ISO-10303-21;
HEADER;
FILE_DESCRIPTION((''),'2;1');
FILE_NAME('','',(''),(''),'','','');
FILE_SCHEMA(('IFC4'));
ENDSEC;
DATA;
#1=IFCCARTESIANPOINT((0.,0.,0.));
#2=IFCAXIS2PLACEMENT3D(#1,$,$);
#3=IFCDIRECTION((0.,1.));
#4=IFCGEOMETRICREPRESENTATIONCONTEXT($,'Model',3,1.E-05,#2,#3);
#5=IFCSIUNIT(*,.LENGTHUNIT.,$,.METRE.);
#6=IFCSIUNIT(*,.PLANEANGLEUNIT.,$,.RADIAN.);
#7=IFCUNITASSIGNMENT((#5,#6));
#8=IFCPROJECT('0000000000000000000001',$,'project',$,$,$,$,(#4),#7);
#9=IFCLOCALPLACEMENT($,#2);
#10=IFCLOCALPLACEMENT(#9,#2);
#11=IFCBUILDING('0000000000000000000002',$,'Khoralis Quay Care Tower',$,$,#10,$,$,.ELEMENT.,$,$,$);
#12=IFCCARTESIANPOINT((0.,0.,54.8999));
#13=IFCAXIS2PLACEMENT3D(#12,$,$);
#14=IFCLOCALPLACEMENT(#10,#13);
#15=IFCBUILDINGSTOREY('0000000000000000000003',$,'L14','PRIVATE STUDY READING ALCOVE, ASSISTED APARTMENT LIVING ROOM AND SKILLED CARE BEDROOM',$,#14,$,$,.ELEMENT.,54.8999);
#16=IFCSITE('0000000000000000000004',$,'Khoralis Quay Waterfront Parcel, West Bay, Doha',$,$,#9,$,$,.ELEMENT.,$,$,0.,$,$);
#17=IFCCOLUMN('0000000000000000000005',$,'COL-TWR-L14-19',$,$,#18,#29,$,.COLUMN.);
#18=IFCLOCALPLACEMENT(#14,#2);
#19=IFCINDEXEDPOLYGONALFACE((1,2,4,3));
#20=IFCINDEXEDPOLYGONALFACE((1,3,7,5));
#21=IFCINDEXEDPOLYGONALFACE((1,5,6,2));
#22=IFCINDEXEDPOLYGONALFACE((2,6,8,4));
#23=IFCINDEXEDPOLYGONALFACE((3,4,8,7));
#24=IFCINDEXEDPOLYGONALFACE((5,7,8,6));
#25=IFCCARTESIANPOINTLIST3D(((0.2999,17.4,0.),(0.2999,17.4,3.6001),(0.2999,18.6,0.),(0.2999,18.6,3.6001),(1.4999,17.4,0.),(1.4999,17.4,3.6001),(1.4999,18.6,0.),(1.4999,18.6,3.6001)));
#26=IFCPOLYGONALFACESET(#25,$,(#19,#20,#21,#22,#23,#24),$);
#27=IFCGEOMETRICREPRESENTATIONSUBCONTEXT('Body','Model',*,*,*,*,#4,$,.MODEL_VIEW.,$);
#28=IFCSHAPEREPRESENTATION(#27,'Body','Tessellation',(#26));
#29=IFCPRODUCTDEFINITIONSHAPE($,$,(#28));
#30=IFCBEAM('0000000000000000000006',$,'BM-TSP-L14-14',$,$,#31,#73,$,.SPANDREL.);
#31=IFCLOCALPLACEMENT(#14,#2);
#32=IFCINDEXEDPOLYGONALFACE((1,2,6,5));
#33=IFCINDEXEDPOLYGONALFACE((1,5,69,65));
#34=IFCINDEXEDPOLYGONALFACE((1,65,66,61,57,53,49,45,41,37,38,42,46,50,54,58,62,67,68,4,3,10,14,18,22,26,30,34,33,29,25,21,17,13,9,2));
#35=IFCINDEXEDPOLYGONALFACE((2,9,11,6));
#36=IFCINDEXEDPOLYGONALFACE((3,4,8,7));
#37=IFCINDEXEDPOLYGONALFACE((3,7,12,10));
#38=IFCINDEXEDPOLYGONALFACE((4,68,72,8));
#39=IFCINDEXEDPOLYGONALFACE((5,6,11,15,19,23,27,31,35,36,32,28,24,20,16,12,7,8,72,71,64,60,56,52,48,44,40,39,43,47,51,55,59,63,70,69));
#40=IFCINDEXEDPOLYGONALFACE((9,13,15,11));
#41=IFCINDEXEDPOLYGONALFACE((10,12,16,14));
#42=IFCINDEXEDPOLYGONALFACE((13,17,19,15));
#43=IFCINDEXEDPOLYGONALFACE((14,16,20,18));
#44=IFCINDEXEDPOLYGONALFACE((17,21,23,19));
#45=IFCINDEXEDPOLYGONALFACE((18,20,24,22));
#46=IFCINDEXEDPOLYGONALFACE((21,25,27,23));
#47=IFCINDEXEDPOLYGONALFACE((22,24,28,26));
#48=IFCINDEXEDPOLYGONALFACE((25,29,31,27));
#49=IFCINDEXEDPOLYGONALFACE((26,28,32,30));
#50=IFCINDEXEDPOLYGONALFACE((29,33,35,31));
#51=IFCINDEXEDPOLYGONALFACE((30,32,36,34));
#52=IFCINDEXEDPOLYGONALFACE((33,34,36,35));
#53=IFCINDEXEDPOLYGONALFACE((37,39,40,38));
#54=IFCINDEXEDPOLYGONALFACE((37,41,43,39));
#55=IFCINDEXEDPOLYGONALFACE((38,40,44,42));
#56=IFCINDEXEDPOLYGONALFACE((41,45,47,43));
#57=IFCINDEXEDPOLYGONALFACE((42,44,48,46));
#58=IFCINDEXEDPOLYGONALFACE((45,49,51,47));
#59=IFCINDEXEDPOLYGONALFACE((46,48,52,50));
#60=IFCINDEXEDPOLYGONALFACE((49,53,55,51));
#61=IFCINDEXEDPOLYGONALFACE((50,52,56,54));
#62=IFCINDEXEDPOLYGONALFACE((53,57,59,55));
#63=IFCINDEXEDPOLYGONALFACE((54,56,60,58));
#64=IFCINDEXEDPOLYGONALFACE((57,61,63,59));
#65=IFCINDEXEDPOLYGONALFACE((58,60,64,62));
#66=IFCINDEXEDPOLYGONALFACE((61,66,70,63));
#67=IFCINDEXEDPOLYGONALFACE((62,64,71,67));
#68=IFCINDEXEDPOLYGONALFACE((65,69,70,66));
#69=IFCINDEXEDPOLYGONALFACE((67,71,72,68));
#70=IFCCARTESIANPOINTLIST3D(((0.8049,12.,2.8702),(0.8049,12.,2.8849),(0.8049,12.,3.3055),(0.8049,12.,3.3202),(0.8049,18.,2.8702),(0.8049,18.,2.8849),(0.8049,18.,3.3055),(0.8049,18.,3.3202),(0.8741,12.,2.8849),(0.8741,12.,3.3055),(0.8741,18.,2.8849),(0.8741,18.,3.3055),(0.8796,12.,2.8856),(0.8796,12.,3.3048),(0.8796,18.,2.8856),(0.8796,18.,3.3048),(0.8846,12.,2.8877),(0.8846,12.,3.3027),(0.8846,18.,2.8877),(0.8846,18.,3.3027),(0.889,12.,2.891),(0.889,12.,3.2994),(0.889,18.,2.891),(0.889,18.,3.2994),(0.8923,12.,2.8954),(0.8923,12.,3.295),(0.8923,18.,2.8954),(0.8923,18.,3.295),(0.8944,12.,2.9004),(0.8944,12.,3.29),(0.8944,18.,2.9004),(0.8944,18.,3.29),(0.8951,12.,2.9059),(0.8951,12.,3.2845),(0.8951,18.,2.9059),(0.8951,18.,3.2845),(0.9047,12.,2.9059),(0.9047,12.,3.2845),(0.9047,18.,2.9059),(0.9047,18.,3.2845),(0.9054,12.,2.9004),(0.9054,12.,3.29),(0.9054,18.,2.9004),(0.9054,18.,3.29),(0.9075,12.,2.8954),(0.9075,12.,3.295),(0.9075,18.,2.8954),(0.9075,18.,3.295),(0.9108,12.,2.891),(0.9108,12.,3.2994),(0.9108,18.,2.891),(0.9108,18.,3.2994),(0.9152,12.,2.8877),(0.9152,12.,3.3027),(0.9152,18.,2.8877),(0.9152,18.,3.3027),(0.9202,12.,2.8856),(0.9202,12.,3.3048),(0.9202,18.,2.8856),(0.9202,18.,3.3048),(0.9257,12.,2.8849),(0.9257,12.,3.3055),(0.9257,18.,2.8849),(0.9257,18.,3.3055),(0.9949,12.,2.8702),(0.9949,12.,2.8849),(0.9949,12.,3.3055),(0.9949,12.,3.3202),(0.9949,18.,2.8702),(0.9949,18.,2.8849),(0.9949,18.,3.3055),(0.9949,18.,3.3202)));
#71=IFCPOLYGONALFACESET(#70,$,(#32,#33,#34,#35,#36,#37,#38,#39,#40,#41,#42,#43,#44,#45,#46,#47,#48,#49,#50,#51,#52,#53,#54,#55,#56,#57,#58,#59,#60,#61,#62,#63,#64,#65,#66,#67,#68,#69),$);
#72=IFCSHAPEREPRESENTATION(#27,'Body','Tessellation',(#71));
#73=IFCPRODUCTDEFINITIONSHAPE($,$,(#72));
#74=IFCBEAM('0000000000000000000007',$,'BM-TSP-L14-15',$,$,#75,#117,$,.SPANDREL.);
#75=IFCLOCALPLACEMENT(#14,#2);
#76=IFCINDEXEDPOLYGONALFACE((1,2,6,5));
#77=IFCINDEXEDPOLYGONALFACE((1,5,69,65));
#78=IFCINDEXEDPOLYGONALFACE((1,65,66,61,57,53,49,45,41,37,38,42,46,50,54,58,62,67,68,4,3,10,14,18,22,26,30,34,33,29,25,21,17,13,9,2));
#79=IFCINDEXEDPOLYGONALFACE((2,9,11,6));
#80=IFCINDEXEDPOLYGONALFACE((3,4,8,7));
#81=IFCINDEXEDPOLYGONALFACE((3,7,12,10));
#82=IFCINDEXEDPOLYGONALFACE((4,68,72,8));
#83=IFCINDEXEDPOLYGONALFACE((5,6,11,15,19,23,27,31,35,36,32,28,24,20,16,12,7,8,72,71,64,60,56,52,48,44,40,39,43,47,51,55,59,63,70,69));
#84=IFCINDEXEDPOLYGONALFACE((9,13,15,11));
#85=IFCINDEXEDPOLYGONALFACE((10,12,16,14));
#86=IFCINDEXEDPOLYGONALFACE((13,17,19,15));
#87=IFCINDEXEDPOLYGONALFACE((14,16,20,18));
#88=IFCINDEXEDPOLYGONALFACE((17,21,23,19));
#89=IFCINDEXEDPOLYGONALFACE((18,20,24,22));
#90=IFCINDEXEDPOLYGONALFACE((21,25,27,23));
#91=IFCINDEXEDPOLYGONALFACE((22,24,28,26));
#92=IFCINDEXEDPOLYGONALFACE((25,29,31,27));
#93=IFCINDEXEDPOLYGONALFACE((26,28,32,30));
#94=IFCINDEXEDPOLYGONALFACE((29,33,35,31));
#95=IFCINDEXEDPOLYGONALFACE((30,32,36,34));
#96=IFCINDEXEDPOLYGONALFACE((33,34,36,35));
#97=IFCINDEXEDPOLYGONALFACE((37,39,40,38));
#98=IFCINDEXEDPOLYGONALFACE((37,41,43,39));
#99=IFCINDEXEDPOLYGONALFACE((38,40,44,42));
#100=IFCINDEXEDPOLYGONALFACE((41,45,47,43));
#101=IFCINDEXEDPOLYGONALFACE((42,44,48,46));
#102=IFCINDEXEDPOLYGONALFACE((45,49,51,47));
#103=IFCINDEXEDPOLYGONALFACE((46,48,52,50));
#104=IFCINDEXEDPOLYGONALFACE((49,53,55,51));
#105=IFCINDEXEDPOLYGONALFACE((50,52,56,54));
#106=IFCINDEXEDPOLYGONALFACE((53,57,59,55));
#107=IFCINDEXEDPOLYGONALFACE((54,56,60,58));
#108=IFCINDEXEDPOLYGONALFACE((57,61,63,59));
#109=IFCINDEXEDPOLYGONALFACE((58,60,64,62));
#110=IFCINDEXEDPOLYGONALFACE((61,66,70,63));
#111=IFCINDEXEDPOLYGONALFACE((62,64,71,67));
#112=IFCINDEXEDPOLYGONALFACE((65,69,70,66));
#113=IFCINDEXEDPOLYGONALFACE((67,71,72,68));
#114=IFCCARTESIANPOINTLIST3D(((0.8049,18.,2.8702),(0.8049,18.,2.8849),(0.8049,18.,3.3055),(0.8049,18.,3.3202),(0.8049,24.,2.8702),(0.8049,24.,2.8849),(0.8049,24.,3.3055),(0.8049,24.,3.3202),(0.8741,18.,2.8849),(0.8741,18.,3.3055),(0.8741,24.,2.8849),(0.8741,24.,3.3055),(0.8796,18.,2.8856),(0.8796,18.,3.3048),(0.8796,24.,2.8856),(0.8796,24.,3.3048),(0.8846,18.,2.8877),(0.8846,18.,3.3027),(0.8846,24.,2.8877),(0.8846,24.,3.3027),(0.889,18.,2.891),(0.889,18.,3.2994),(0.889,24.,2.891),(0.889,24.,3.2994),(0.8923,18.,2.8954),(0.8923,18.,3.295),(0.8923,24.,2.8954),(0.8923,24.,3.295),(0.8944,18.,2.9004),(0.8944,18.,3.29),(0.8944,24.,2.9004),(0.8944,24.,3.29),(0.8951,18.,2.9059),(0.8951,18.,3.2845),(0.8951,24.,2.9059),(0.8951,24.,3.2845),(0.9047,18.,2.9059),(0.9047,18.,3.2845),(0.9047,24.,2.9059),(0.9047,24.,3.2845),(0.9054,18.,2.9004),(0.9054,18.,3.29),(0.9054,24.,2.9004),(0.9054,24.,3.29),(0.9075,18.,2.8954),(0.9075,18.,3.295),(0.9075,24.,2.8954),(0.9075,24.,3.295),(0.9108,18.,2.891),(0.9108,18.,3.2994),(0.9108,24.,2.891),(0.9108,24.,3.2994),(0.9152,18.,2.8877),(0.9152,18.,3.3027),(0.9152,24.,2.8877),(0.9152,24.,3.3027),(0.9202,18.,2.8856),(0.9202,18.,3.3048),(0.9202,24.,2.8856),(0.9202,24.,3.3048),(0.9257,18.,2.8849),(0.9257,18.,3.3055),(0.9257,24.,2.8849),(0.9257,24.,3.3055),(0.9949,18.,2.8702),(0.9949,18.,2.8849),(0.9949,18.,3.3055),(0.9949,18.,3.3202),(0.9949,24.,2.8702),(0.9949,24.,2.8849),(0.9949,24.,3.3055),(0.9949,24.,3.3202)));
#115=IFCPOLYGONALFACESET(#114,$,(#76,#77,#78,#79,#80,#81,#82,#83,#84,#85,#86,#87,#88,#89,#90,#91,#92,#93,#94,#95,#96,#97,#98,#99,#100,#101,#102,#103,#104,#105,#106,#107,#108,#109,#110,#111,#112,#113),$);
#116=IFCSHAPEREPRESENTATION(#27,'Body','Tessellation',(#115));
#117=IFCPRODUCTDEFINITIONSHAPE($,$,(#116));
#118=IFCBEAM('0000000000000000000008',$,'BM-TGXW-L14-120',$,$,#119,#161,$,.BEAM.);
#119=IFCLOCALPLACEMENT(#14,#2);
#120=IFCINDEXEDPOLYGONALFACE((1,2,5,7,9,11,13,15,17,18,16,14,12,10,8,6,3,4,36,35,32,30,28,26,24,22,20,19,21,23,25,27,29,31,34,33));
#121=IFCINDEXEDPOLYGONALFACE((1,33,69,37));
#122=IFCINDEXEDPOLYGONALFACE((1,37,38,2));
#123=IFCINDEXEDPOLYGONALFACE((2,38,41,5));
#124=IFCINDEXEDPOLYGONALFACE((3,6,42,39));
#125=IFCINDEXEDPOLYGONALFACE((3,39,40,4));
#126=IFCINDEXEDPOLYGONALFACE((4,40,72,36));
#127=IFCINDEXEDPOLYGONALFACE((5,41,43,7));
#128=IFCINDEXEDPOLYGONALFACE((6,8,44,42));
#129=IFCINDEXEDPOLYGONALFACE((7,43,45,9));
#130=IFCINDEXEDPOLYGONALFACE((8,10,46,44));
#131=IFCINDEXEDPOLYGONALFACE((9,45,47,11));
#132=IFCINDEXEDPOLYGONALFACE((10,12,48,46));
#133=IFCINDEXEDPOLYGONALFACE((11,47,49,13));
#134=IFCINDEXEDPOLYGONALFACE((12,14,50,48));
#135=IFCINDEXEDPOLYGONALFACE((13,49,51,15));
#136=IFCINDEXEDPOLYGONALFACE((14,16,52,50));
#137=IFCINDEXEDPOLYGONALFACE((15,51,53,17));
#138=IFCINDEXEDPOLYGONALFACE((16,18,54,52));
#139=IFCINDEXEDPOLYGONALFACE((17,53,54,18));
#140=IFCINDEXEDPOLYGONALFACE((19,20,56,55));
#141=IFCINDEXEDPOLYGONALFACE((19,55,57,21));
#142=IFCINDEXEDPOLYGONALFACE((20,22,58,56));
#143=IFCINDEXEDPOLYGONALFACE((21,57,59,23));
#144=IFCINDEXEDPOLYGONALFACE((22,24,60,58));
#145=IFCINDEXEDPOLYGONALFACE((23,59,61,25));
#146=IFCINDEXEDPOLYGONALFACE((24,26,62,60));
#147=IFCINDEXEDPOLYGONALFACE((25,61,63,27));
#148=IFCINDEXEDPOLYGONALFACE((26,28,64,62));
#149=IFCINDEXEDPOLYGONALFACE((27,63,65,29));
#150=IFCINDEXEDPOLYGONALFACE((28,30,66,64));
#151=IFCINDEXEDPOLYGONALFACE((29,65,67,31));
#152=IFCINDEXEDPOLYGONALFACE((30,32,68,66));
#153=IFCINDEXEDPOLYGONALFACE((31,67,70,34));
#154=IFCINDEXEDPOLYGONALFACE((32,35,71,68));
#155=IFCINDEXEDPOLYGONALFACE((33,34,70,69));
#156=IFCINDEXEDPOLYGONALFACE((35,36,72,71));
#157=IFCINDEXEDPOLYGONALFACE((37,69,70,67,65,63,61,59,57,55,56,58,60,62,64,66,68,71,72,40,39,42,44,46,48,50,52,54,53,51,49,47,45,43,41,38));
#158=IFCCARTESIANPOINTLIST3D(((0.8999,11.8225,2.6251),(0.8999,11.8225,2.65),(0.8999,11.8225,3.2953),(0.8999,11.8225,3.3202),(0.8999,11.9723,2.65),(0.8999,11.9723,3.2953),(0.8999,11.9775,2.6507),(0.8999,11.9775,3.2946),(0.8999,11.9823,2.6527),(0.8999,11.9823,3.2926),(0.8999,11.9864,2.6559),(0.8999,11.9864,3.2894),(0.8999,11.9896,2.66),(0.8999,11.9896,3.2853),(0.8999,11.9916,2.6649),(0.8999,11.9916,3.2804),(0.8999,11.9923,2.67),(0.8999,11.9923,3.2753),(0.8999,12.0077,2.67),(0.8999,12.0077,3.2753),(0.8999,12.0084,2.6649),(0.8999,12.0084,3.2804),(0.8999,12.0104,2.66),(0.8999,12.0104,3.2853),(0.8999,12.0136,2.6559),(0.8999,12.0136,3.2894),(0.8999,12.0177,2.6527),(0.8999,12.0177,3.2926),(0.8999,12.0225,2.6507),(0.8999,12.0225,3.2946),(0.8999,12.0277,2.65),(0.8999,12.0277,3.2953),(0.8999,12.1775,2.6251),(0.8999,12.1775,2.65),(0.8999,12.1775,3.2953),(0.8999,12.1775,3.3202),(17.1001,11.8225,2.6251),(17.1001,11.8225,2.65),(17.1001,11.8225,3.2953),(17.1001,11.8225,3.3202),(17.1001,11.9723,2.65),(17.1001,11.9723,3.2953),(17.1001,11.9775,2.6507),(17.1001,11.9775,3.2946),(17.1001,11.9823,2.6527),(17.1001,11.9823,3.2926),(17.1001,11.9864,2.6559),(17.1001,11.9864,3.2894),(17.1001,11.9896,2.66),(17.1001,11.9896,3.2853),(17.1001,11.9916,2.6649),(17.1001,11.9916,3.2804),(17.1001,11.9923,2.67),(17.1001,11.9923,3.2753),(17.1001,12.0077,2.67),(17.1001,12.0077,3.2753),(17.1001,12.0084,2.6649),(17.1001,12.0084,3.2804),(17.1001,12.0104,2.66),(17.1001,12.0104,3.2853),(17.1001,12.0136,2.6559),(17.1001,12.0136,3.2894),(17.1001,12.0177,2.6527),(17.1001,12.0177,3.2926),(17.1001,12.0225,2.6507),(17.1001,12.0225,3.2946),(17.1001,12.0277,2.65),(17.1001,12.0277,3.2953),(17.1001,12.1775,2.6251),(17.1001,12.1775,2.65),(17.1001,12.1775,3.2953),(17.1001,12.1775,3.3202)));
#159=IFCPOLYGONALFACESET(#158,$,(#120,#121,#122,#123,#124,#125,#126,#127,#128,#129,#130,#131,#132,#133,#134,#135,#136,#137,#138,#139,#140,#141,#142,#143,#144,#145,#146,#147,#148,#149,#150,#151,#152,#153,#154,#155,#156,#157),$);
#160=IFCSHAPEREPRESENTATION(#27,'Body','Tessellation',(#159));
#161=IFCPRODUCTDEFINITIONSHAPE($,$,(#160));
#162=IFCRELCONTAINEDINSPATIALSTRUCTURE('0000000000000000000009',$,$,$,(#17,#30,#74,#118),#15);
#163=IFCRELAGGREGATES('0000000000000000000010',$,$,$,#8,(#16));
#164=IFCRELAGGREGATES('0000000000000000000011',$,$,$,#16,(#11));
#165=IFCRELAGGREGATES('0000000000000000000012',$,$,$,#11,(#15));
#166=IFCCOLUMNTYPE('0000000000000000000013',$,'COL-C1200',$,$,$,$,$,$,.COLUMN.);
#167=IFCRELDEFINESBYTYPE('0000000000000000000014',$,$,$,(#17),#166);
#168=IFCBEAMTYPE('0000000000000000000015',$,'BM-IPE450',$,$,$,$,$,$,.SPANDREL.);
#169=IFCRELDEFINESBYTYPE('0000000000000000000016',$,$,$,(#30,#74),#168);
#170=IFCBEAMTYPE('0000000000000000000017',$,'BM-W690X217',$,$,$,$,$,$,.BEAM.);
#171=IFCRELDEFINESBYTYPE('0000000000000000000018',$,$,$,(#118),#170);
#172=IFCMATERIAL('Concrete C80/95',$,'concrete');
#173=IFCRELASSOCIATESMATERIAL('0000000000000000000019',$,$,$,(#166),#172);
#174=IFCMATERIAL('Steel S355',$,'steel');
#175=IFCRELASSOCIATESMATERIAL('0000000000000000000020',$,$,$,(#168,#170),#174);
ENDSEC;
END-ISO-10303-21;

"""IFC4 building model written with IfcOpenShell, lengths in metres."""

from ifc_helpers import new_model, si_unit, direction, frame, origin, origin_2d, place, context, subcontext, project, spatial, rectangle, i_section, extrude, source, transform, mapped, material, material_profile, profile_set, type_object, element, save


model = new_model("IFC4")

# Units and contexts
model_context = context("Model", 3, precision=1e-05, world=origin(), true_north=direction((0.0, 1.0)))
body_context = subcontext(model_context, "Body", "Model", "MODEL_VIEW")
ifc_project = project(units=[si_unit("LENGTHUNIT", "METRE"), si_unit("PLANEANGLEUNIT", "RADIAN")], contexts=[model_context])

# Site, building, storey
site_placement = place(None, origin())
site = spatial("IfcSite", under=ifc_project, at=site_placement, Name="Khoralis Quay Waterfront Parcel, West Bay, Doha", CompositionType="ELEMENT", RefElevation=0.0)
building_placement = place(site_placement, origin())
building = spatial("IfcBuilding", under=site, at=building_placement, Name="Khoralis Quay Care Tower", CompositionType="ELEMENT")
storey_placement = place(building_placement, frame((0.0, 0.0, 54.8999)))
storey = spatial("IfcBuildingStorey", under=building, at=storey_placement, Name="L14", Description="PRIVATE STUDY READING ALCOVE, ASSISTED APARTMENT LIVING ROOM AND SKILLED CARE BEDROOM", CompositionType="ELEMENT", Elevation=54.8999)

# Column
ifc_material_1 = material(Name="Concrete C80/95", Category="concrete")
ifc_material_profile_1 = material_profile(ifc_material_1, rectangle(XDim=1.2, YDim=1.2, at=origin_2d()), Name="Concrete C80/95")
ifc_profile_set_1 = profile_set([ifc_material_profile_1], Name="Concrete C80/95")
column_type = type_object("IfcColumnType", Name="COL-C1200", PredefinedType="COLUMN", material=ifc_profile_set_1)
shared_shape_1 = source(origin(), body_context, "Body", "SweptSolid", [
    extrude(rectangle(XDim=1.2, YDim=1.2, at=origin_2d()), origin(), (0.0, 0.0, 1.0), 3.6001),
])
column_placement = place(storey_placement, frame((0.8999, 18.0, 0.0), z_axis=(0.0, 0.0, 1.0), x_axis=(1.0, 0.0, 0.0)))
element("IfcColumn", 1, at=column_placement, inside=storey, type_object=column_type, Name="COL-TWR-L14-19", PredefinedType="COLUMN", context=body_context, shape_type="MappedRepresentation", body=[
    mapped(shared_shape_1, transform((0.0, 0.0, 0.0), scale=1.0)),
])

# Beams
ifc_material_2 = material(Name="Steel S355", Category="steel")
ifc_material_profile_2 = material_profile(ifc_material_2, i_section(OverallWidth=0.1899, OverallDepth=0.45, WebThickness=0.0095, FlangeThickness=0.0146, FilletRadius=0.021, at=origin_2d()), Name="Steel S355")
ifc_profile_set_2 = profile_set([ifc_material_profile_2], Name="Steel S355")
beam_type_1 = type_object("IfcBeamType", Name="BM-IPE450", PredefinedType="SPANDREL", material=ifc_profile_set_2)
shared_shape_2 = source(origin(), body_context, "Body", "SweptSolid", [
    extrude(i_section(OverallWidth=0.1899, OverallDepth=0.45, WebThickness=0.0095, FlangeThickness=0.0146, FilletRadius=0.021, at=origin_2d()), origin(), (0.0, 0.0, 1.0), 6.0),
])
for number, where, z_axis, x_axis, name in (
    (2, (0.8999, 12.0, 3.0952), (0.0, 1.0, 0.0), (-1.0, 0.0, 0.0), "BM-TSP-L14-14"),
    (3, (0.8999, 18.0, 3.0952), (0.0, 1.0, 0.0), (-1.0, 0.0, 0.0), "BM-TSP-L14-15"),
):
    element("IfcBeam", number, at=place(storey_placement, frame(where, z_axis=z_axis, x_axis=x_axis)), inside=storey, type_object=beam_type_1, Name=name, PredefinedType="SPANDREL", context=body_context, shape_type="MappedRepresentation", body=[
        mapped(shared_shape_2, transform((0.0, 0.0, 0.0), scale=1.0)),
    ])
ifc_material_profile_3 = material_profile(ifc_material_2, i_section(OverallWidth=0.355, OverallDepth=0.6951, WebThickness=0.0154, FlangeThickness=0.0249, FilletRadius=0.02, at=origin_2d()), Name="Steel S355")
ifc_profile_set_3 = profile_set([ifc_material_profile_3], Name="Steel S355")
beam_type_2 = type_object("IfcBeamType", Name="BM-W690X217", PredefinedType="BEAM", material=ifc_profile_set_3)
shared_shape_3 = source(origin(), body_context, "Body", "SweptSolid", [
    extrude(i_section(OverallWidth=0.355, OverallDepth=0.6951, WebThickness=0.0154, FlangeThickness=0.0249, FilletRadius=0.02, at=origin_2d()), origin(), (0.0, 0.0, 1.0), 16.2002),
])
beam_1_placement = place(storey_placement, frame((0.8999, 12.0, 2.9727), z_axis=(1.0, 0.0, 0.0), x_axis=(0.0, 1.0, 0.0)))
element("IfcBeam", 4, at=beam_1_placement, inside=storey, type_object=beam_type_2, Name="BM-TGXW-L14-120", PredefinedType="BEAM", context=body_context, shape_type="MappedRepresentation", body=[
    mapped(shared_shape_3, transform((0.0, 0.0, 0.0), scale=1.0)),
])

save(model, "model.ifc")
